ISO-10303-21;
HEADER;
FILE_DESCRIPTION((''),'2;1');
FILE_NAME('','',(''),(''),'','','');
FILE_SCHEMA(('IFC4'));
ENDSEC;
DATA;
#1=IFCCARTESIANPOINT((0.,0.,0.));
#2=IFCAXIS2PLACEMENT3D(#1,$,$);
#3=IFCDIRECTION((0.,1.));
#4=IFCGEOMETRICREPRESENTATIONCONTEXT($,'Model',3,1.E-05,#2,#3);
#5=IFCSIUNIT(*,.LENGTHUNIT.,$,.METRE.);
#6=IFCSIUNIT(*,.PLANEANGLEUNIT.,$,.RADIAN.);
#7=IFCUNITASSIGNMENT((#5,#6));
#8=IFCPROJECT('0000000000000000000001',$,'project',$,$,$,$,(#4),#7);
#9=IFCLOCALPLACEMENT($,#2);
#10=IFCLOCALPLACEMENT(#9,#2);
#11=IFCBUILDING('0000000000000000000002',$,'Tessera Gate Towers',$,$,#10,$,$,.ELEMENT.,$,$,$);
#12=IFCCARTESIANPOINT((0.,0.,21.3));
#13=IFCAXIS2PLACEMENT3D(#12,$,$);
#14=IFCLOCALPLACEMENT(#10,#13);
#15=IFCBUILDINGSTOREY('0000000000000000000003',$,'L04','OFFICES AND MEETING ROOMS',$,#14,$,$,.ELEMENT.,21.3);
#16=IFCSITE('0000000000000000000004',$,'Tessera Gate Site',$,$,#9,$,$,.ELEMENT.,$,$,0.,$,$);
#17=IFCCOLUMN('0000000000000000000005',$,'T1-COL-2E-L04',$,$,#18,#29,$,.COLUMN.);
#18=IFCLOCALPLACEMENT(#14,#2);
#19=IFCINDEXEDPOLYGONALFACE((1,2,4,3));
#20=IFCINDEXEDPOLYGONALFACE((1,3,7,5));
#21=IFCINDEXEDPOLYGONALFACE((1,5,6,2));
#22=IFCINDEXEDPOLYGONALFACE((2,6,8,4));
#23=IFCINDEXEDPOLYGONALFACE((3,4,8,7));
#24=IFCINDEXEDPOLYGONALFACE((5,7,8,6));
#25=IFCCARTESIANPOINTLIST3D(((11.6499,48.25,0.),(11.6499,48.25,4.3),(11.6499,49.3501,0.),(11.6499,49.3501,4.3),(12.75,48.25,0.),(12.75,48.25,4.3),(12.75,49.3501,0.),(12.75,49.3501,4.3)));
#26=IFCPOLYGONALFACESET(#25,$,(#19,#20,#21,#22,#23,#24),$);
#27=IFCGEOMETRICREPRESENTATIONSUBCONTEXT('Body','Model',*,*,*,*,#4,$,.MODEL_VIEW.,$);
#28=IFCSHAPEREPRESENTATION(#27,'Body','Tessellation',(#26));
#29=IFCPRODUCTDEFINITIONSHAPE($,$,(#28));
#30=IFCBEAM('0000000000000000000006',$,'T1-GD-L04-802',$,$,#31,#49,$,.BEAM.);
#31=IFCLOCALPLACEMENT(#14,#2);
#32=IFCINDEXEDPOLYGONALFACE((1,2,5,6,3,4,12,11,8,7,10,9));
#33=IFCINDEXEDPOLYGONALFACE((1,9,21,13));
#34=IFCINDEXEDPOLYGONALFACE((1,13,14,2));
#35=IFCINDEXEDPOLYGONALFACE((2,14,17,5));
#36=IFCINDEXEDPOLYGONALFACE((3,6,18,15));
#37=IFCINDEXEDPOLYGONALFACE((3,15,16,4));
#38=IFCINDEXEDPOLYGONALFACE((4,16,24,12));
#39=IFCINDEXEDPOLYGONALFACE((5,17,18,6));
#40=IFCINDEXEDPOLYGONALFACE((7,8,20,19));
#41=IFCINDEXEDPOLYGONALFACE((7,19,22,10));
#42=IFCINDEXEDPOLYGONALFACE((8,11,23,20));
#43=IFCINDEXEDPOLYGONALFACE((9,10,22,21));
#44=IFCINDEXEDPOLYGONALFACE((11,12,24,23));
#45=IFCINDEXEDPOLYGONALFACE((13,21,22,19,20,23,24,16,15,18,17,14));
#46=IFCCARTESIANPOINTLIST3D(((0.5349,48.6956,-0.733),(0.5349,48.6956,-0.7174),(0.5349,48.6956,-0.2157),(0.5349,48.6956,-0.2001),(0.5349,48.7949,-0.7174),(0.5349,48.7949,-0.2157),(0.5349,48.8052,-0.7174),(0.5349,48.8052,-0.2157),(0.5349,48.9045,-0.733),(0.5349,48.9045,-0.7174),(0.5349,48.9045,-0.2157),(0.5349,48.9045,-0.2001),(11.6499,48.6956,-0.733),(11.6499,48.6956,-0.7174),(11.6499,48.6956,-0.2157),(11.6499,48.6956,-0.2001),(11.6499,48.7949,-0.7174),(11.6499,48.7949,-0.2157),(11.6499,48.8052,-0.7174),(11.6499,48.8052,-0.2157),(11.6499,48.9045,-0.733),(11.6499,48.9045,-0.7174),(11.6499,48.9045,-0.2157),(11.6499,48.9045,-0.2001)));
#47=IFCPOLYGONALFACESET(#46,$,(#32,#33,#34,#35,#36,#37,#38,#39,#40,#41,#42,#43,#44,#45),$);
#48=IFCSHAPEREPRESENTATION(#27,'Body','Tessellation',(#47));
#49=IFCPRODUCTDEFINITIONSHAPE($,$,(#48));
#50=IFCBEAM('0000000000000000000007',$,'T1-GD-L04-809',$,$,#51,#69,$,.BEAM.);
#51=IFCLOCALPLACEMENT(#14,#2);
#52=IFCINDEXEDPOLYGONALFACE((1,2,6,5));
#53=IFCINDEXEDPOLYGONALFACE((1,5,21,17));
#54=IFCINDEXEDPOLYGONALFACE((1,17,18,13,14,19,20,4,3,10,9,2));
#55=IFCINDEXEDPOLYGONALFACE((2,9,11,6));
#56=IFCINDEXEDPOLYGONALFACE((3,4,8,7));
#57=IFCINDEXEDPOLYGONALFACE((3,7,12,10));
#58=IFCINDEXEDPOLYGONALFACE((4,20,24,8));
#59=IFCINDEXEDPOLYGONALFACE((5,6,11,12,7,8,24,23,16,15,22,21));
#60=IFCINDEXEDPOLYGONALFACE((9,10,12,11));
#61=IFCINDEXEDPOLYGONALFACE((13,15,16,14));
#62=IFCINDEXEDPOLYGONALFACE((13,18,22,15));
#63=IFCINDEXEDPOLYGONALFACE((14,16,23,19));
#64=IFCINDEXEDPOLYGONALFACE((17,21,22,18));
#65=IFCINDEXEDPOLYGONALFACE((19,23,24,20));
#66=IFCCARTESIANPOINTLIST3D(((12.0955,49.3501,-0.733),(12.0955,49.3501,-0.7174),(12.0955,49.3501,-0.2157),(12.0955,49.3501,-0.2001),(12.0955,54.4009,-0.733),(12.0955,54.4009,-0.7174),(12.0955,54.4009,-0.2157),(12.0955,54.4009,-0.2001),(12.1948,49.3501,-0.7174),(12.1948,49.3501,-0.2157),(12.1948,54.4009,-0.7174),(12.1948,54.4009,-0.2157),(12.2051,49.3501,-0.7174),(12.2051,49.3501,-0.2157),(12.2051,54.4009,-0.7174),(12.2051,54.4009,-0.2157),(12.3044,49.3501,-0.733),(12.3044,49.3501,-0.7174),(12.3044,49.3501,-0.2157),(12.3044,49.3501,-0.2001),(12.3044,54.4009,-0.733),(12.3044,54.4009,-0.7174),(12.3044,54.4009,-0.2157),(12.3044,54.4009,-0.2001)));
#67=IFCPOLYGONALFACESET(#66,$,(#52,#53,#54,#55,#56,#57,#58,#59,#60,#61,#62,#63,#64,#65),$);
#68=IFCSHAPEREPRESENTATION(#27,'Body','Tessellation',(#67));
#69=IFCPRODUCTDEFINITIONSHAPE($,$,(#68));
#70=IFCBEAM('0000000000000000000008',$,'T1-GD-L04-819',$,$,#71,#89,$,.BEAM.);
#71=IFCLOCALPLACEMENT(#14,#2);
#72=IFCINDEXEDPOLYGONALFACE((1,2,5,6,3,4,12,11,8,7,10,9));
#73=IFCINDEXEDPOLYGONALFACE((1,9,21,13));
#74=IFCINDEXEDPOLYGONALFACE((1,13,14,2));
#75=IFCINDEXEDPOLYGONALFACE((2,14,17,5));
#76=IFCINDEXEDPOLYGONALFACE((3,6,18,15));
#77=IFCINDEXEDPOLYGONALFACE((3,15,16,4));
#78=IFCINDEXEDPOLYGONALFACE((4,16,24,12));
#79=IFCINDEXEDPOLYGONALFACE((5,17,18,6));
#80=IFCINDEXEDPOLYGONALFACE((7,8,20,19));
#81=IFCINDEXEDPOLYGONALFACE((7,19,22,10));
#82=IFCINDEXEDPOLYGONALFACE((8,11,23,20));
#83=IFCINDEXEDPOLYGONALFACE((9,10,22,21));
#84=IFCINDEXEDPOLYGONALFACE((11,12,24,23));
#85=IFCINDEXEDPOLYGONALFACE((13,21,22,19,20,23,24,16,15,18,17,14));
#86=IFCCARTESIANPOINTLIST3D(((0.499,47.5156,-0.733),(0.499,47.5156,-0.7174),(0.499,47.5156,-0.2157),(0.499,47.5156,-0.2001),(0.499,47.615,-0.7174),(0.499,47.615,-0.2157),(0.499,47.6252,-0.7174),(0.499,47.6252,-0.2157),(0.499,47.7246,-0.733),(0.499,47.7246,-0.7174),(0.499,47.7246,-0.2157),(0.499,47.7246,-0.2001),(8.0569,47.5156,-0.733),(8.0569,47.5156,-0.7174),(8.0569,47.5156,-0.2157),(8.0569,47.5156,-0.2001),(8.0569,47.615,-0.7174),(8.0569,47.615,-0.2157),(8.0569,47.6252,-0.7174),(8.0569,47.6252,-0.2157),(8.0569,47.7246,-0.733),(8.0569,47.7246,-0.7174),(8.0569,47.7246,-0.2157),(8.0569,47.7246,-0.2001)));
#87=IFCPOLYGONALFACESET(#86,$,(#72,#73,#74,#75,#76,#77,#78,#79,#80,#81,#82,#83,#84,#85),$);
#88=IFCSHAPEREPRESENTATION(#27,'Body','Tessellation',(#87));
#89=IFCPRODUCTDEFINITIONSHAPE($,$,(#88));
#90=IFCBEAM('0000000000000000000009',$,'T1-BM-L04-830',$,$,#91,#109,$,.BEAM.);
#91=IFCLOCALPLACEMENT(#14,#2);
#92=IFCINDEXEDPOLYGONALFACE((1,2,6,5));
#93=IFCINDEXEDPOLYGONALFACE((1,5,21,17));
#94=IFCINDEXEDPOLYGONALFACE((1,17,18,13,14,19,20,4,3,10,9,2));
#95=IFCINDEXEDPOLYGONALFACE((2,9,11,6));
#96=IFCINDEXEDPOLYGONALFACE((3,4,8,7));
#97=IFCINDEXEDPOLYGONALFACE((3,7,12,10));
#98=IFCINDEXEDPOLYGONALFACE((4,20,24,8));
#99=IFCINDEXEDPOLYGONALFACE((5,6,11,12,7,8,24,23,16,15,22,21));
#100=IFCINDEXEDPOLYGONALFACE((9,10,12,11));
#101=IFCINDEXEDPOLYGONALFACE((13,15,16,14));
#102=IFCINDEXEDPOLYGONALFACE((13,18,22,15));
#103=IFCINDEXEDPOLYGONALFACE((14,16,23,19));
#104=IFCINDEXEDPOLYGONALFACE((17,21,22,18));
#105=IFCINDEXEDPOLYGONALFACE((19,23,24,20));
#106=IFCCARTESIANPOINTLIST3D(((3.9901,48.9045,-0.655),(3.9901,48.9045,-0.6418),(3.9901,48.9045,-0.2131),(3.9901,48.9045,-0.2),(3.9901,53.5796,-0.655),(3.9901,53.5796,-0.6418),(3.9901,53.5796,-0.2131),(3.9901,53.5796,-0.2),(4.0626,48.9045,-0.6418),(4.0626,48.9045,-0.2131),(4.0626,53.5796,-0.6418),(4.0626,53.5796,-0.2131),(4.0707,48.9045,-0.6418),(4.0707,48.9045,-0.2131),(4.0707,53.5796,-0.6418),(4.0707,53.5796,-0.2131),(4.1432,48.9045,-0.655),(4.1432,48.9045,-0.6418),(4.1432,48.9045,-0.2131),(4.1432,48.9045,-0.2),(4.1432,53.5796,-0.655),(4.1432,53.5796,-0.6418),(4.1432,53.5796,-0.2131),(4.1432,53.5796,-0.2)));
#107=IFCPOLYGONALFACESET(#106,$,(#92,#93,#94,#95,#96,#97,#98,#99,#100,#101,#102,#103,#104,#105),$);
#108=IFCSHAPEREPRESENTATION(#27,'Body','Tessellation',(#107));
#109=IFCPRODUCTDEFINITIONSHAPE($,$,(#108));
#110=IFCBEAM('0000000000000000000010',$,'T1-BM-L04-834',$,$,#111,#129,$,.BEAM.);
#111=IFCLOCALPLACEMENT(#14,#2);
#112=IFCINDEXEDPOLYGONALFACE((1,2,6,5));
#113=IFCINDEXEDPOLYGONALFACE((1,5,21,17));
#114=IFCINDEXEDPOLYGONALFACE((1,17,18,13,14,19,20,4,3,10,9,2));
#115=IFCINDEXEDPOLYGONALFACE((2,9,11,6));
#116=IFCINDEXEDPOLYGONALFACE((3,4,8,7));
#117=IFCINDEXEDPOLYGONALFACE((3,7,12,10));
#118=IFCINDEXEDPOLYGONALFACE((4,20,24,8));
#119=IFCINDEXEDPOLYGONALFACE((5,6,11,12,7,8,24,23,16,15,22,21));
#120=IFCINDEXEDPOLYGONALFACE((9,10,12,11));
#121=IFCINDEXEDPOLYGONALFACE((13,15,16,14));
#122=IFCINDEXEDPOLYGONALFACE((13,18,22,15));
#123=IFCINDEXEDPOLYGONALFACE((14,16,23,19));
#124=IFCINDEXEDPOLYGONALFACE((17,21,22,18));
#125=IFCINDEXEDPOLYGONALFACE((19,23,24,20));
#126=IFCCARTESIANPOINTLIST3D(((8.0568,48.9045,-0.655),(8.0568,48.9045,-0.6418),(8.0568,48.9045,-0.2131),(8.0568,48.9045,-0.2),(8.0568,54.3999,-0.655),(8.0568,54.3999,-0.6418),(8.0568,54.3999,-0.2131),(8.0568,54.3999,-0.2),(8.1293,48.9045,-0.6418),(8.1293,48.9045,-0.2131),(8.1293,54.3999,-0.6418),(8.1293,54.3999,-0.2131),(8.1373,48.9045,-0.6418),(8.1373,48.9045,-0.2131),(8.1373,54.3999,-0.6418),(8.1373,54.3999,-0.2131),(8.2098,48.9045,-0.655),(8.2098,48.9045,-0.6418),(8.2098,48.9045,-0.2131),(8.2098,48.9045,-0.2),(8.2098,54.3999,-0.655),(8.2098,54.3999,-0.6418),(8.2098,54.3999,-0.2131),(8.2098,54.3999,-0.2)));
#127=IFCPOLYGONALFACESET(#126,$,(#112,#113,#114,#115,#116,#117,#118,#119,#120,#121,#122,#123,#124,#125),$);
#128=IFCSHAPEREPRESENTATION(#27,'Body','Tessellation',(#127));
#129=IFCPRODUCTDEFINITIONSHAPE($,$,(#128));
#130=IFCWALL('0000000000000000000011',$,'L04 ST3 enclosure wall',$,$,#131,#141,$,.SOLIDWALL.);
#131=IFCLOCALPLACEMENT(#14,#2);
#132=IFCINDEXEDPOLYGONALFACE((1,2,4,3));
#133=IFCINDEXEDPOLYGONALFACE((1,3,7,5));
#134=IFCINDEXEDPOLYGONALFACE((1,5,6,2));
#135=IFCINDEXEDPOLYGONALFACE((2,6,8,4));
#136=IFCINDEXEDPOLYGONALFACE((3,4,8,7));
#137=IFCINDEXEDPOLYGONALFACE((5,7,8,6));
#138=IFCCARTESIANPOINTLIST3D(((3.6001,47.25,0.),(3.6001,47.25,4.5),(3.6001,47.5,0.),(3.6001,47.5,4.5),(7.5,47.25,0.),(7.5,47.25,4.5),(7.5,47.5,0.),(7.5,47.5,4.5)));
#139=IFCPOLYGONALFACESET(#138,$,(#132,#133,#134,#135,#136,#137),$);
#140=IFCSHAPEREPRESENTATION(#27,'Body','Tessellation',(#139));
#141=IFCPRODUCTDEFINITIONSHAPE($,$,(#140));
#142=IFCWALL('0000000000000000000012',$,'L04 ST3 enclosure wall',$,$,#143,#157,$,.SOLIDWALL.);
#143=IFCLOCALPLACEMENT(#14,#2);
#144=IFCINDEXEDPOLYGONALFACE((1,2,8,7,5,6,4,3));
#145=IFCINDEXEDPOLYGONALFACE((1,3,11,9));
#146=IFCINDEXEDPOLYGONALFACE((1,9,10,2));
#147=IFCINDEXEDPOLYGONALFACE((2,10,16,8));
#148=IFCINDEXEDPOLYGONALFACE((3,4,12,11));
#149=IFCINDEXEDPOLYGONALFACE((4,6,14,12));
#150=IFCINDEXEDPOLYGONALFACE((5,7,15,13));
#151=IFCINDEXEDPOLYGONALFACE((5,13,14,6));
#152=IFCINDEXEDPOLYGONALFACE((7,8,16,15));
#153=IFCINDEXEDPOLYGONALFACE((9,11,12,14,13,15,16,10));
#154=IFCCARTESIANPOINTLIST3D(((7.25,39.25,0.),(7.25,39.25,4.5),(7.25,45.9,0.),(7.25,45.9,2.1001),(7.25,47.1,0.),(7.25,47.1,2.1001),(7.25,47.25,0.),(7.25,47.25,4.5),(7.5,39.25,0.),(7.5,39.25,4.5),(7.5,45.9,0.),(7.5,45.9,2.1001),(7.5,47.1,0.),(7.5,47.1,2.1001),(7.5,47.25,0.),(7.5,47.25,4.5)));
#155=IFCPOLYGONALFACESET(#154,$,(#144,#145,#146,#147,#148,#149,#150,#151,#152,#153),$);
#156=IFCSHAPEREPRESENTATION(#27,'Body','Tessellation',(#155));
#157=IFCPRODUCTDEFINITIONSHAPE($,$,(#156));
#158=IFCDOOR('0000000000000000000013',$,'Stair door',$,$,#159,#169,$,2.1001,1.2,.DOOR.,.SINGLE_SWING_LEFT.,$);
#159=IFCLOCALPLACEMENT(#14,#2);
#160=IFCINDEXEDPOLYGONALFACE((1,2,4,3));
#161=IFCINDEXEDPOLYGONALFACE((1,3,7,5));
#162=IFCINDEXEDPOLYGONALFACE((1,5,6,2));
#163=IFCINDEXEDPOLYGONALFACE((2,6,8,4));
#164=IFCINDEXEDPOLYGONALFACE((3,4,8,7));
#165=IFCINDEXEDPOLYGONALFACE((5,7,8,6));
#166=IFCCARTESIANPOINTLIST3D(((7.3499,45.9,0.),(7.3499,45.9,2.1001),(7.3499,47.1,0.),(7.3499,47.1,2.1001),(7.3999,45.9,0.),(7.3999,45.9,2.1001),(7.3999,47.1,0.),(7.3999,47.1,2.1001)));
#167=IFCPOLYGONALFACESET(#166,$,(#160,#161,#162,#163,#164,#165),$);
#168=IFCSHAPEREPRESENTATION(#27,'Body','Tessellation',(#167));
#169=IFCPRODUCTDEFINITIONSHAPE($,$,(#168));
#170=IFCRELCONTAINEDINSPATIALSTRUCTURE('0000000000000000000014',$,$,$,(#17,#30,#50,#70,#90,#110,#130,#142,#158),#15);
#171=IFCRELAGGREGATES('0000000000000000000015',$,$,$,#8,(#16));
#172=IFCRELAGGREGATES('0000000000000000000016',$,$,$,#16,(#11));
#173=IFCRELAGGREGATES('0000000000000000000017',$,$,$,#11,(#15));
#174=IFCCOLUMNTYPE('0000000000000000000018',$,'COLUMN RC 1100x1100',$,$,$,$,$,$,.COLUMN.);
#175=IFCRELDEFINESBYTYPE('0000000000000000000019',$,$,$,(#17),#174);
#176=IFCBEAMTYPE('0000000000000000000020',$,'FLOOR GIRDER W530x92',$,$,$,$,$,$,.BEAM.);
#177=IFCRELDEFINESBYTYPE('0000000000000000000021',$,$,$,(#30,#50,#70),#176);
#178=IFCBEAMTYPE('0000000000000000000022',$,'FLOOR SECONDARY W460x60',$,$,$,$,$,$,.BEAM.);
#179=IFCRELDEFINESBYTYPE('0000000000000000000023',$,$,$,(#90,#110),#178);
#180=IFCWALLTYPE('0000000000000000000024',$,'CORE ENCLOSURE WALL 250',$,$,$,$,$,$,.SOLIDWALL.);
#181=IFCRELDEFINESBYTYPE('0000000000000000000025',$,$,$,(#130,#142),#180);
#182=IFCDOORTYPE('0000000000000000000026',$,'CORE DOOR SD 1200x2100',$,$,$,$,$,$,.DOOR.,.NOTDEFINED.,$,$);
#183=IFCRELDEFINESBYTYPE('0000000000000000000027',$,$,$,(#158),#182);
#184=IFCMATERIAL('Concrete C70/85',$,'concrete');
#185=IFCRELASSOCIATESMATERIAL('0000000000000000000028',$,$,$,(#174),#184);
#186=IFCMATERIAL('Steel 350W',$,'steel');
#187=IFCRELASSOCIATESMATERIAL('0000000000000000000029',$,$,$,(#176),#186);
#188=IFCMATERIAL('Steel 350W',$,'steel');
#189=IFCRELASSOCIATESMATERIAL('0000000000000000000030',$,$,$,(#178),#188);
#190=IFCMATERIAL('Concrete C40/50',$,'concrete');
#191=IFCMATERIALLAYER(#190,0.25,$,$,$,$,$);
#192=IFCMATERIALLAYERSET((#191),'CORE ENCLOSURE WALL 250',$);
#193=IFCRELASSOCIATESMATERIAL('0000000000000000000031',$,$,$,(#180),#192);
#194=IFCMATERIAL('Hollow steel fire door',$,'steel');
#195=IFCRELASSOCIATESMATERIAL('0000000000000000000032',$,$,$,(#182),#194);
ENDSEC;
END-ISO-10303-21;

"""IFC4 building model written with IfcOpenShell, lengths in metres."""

from ifc_helpers import new_model, si_unit, direction, frame, frame_2d, origin, origin_2d, place, context, subcontext, project, spatial, rectangle, i_section, extrude, source, transform, mapped, material, layer, layer_set, material_profile, profile_set, type_object, element, fill, save


model = new_model("IFC4")

# Units and contexts
model_context = context("Model", 3, precision=1e-05, world=origin(), true_north=direction((0.0, 1.0)))
body_context = subcontext(model_context, "Body", "Model", "MODEL_VIEW")
ifc_project = project(units=[si_unit("LENGTHUNIT", "METRE"), si_unit("PLANEANGLEUNIT", "RADIAN")], contexts=[model_context])

# Site, building, storey
site_placement = place(None, origin())
site = spatial("IfcSite", under=ifc_project, at=site_placement, Name="Tessera Gate Site", CompositionType="ELEMENT", RefElevation=0.0)
building_placement = place(site_placement, origin())
building = spatial("IfcBuilding", under=site, at=building_placement, Name="Tessera Gate Towers", CompositionType="ELEMENT")
storey_placement = place(building_placement, frame((0.0, 0.0, 21.3)))
storey = spatial("IfcBuildingStorey", under=building, at=storey_placement, Name="L04", Description="OFFICES AND MEETING ROOMS", CompositionType="ELEMENT", Elevation=21.3)

# Column
ifc_material_1 = material(Name="Concrete C70/85", Category="concrete")
ifc_material_profile_1 = material_profile(ifc_material_1, rectangle(XDim=1.1001, YDim=1.1001, at=origin_2d()), Name="RC 1100x1100")
ifc_profile_set_1 = profile_set([ifc_material_profile_1], Name="Concrete C70/85")
column_type = type_object("IfcColumnType", Name="COLUMN RC 1100x1100", PredefinedType="COLUMN", material=ifc_profile_set_1)
column_placement = place(storey_placement, frame((12.2, 48.8, 0.0), z_axis=(0.0, 0.0, 1.0), x_axis=(1.0, 0.0, 0.0)))
element("IfcColumn", 1, at=column_placement, inside=storey, type_object=column_type, Name="T1-COL-2E-L04", PredefinedType="COLUMN", context=body_context, shape_type="SweptSolid", body=[
    extrude(rectangle(XDim=1.1001, YDim=1.1001, at=origin_2d()), origin(), (0.0, 0.0, 1.0), 4.3),
])

# Beams
ifc_material_2 = material(Name="Steel 350W", Category="steel")
ifc_material_profile_2 = material_profile(ifc_material_2, i_section(OverallWidth=0.209, OverallDepth=0.533, WebThickness=0.0103, FlangeThickness=0.0156, at=origin_2d()), Name="W530x92")
ifc_profile_set_2 = profile_set([ifc_material_profile_2], Name="Steel 350W")
beam_type_1 = type_object("IfcBeamType", Name="FLOOR GIRDER W530x92", PredefinedType="BEAM", material=ifc_profile_set_2)
beam_1_placement = place(storey_placement, frame((0.5349, 48.8, -0.4666), z_axis=(1.0, 0.0, 0.0), x_axis=(0.0, 1.0, 0.0)))
element("IfcBeam", 2, at=beam_1_placement, inside=storey, type_object=beam_type_1, Name="T1-GD-L04-802", PredefinedType="BEAM", context=body_context, shape_type="SweptSolid", body=[
    extrude(i_section(OverallWidth=0.209, OverallDepth=0.533, WebThickness=0.0103, FlangeThickness=0.0156, at=origin_2d()), origin(), (0.0, 0.0, 1.0), 11.115),
])
beam_2_placement = place(storey_placement, frame((12.2, 49.3501, -0.4666), z_axis=(0.0, 1.0, 0.0), x_axis=(-1.0, 0.0, 0.0)))
element("IfcBeam", 3, at=beam_2_placement, inside=storey, type_object=beam_type_1, Name="T1-GD-L04-809", PredefinedType="BEAM", context=body_context, shape_type="SweptSolid", body=[
    extrude(i_section(OverallWidth=0.209, OverallDepth=0.533, WebThickness=0.0103, FlangeThickness=0.0156, at=origin_2d()), origin(), (0.0, 0.0, 1.0), 5.0508),
])
beam_3_placement = place(storey_placement, frame((0.499, 47.6201, -0.4666), z_axis=(1.0, 0.0, 0.0), x_axis=(0.0, 1.0, 0.0)))
element("IfcBeam", 4, at=beam_3_placement, inside=storey, type_object=beam_type_1, Name="T1-GD-L04-819", PredefinedType="BEAM", context=body_context, shape_type="SweptSolid", body=[
    extrude(i_section(OverallWidth=0.209, OverallDepth=0.533, WebThickness=0.0103, FlangeThickness=0.0156, at=origin_2d()), origin(), (0.0, 0.0, 1.0), 7.5579),
])
ifc_material_3 = material(Name="Steel 350W", Category="steel")
ifc_material_profile_3 = material_profile(ifc_material_3, i_section(OverallWidth=0.1531, OverallDepth=0.4551, WebThickness=0.0081, FlangeThickness=0.0132, at=origin_2d()), Name="W460x60")
ifc_profile_set_3 = profile_set([ifc_material_profile_3], Name="Steel 350W")
beam_type_2 = type_object("IfcBeamType", Name="FLOOR SECONDARY W460x60", PredefinedType="BEAM", material=ifc_profile_set_3)
beam_4_placement = place(storey_placement, frame((4.0667, 48.9045, -0.4275), z_axis=(0.0, 1.0, 0.0), x_axis=(-1.0, 0.0, 0.0)))
element("IfcBeam", 5, at=beam_4_placement, inside=storey, type_object=beam_type_2, Name="T1-BM-L04-830", PredefinedType="BEAM", context=body_context, shape_type="SweptSolid", body=[
    extrude(i_section(OverallWidth=0.1531, OverallDepth=0.4551, WebThickness=0.0081, FlangeThickness=0.0132, at=origin_2d()), origin(), (0.0, 0.0, 1.0), 4.675),
])
beam_5_placement = place(storey_placement, frame((8.1333, 48.9045, -0.4275), z_axis=(0.0, 1.0, 0.0), x_axis=(-1.0, 0.0, 0.0)))
element("IfcBeam", 6, at=beam_5_placement, inside=storey, type_object=beam_type_2, Name="T1-BM-L04-834", PredefinedType="BEAM", context=body_context, shape_type="SweptSolid", body=[
    extrude(i_section(OverallWidth=0.1531, OverallDepth=0.4551, WebThickness=0.0081, FlangeThickness=0.0132, at=origin_2d()), origin(), (0.0, 0.0, 1.0), 5.4954),
])

# Wall
ifc_material_4 = material(Name="Concrete C40/50", Category="concrete")
ifc_layer_1 = layer(ifc_material_4, 0.25)
ifc_layer_set_1 = layer_set([ifc_layer_1], Name="CORE ENCLOSURE WALL 250")
wall_type_1 = type_object("IfcWallType", Name="CORE ENCLOSURE WALL 250", PredefinedType="SOLIDWALL", material=ifc_layer_set_1)
wall_1_placement = place(storey_placement, frame((3.6001, 47.375, 0.0), z_axis=(0.0, 0.0, 1.0), x_axis=(1.0, 0.0, 0.0)))
element("IfcWall", 7, at=wall_1_placement, inside=storey, type_object=wall_type_1, Name="L04 ST3 enclosure wall", PredefinedType="SOLIDWALL", context=body_context, shape_type="SweptSolid", body=[
    extrude(rectangle(XDim=3.8999, YDim=0.25, at=frame_2d((1.95, 0.0))), origin(), (0.0, 0.0, 1.0), 4.5),
])

# Wall, opening, door
wall_2_placement = place(storey_placement, frame((7.375, 47.25, 0.0), z_axis=(0.0, 0.0, 1.0), x_axis=(0.0, -1.0, 0.0)))
wall_2 = element("IfcWall", 8, at=wall_2_placement, inside=storey, type_object=wall_type_1, Name="L04 ST3 enclosure wall", PredefinedType="SOLIDWALL", context=body_context, shape_type="SweptSolid", body=[
    extrude(rectangle(XDim=8.0, YDim=0.25, at=frame_2d((4.0, 0.0))), origin(), (0.0, 0.0, 1.0), 4.5),
])
shared_shape_1 = source(origin(), body_context, "Body", "SweptSolid", [
    extrude(rectangle(XDim=1.2, YDim=2.1001, at=frame_2d((0.6001, 1.05))), frame((0.0, 0.135, 0.0), z_axis=(0.0, -1.0, 0.0), x_axis=(1.0, 0.0, 0.0)), (0.0, 0.0, 1.0), 0.27),
])
opening_1_placement = place(wall_2_placement, frame((0.1499, 0.0, 0.0)))
opening_1 = element("IfcOpeningElement", 9, at=opening_1_placement, cuts=wall_2, PredefinedType="OPENING", context=body_context, shape_type="MappedRepresentation", body=[
    mapped(shared_shape_1, transform((0.0, 0.0, 0.0), scale=1.0)),
])
ifc_material_5 = material(Name="Hollow steel fire door", Category="steel")
door_type_1 = type_object("IfcDoorType", Name="CORE DOOR SD 1200x2100", OperationType="NOTDEFINED", PredefinedType="DOOR", material=ifc_material_5)
shared_shape_2 = source(origin(), body_context, "Body", "SweptSolid", [
    extrude(rectangle(XDim=1.2, YDim=2.1001, at=frame_2d((0.6001, 1.05))), frame((0.0, 0.0249, 0.0), z_axis=(0.0, -1.0, 0.0), x_axis=(1.0, 0.0, 0.0)), (0.0, 0.0, 1.0), 0.05),
])
door_1_placement = place(opening_1_placement, origin())
door_1 = element("IfcDoor", 10, at=door_1_placement, inside=storey, type_object=door_type_1, Name="Stair door", OperationType="SINGLE_SWING_LEFT", OverallHeight=2.1001, OverallWidth=1.2, PredefinedType="DOOR", context=body_context, shape_type="MappedRepresentation", body=[
    mapped(shared_shape_2, transform((0.0, 0.0, 0.0), scale=1.0)),
])
fill(opening_1, door_1)

save(model, "model.ifc")
